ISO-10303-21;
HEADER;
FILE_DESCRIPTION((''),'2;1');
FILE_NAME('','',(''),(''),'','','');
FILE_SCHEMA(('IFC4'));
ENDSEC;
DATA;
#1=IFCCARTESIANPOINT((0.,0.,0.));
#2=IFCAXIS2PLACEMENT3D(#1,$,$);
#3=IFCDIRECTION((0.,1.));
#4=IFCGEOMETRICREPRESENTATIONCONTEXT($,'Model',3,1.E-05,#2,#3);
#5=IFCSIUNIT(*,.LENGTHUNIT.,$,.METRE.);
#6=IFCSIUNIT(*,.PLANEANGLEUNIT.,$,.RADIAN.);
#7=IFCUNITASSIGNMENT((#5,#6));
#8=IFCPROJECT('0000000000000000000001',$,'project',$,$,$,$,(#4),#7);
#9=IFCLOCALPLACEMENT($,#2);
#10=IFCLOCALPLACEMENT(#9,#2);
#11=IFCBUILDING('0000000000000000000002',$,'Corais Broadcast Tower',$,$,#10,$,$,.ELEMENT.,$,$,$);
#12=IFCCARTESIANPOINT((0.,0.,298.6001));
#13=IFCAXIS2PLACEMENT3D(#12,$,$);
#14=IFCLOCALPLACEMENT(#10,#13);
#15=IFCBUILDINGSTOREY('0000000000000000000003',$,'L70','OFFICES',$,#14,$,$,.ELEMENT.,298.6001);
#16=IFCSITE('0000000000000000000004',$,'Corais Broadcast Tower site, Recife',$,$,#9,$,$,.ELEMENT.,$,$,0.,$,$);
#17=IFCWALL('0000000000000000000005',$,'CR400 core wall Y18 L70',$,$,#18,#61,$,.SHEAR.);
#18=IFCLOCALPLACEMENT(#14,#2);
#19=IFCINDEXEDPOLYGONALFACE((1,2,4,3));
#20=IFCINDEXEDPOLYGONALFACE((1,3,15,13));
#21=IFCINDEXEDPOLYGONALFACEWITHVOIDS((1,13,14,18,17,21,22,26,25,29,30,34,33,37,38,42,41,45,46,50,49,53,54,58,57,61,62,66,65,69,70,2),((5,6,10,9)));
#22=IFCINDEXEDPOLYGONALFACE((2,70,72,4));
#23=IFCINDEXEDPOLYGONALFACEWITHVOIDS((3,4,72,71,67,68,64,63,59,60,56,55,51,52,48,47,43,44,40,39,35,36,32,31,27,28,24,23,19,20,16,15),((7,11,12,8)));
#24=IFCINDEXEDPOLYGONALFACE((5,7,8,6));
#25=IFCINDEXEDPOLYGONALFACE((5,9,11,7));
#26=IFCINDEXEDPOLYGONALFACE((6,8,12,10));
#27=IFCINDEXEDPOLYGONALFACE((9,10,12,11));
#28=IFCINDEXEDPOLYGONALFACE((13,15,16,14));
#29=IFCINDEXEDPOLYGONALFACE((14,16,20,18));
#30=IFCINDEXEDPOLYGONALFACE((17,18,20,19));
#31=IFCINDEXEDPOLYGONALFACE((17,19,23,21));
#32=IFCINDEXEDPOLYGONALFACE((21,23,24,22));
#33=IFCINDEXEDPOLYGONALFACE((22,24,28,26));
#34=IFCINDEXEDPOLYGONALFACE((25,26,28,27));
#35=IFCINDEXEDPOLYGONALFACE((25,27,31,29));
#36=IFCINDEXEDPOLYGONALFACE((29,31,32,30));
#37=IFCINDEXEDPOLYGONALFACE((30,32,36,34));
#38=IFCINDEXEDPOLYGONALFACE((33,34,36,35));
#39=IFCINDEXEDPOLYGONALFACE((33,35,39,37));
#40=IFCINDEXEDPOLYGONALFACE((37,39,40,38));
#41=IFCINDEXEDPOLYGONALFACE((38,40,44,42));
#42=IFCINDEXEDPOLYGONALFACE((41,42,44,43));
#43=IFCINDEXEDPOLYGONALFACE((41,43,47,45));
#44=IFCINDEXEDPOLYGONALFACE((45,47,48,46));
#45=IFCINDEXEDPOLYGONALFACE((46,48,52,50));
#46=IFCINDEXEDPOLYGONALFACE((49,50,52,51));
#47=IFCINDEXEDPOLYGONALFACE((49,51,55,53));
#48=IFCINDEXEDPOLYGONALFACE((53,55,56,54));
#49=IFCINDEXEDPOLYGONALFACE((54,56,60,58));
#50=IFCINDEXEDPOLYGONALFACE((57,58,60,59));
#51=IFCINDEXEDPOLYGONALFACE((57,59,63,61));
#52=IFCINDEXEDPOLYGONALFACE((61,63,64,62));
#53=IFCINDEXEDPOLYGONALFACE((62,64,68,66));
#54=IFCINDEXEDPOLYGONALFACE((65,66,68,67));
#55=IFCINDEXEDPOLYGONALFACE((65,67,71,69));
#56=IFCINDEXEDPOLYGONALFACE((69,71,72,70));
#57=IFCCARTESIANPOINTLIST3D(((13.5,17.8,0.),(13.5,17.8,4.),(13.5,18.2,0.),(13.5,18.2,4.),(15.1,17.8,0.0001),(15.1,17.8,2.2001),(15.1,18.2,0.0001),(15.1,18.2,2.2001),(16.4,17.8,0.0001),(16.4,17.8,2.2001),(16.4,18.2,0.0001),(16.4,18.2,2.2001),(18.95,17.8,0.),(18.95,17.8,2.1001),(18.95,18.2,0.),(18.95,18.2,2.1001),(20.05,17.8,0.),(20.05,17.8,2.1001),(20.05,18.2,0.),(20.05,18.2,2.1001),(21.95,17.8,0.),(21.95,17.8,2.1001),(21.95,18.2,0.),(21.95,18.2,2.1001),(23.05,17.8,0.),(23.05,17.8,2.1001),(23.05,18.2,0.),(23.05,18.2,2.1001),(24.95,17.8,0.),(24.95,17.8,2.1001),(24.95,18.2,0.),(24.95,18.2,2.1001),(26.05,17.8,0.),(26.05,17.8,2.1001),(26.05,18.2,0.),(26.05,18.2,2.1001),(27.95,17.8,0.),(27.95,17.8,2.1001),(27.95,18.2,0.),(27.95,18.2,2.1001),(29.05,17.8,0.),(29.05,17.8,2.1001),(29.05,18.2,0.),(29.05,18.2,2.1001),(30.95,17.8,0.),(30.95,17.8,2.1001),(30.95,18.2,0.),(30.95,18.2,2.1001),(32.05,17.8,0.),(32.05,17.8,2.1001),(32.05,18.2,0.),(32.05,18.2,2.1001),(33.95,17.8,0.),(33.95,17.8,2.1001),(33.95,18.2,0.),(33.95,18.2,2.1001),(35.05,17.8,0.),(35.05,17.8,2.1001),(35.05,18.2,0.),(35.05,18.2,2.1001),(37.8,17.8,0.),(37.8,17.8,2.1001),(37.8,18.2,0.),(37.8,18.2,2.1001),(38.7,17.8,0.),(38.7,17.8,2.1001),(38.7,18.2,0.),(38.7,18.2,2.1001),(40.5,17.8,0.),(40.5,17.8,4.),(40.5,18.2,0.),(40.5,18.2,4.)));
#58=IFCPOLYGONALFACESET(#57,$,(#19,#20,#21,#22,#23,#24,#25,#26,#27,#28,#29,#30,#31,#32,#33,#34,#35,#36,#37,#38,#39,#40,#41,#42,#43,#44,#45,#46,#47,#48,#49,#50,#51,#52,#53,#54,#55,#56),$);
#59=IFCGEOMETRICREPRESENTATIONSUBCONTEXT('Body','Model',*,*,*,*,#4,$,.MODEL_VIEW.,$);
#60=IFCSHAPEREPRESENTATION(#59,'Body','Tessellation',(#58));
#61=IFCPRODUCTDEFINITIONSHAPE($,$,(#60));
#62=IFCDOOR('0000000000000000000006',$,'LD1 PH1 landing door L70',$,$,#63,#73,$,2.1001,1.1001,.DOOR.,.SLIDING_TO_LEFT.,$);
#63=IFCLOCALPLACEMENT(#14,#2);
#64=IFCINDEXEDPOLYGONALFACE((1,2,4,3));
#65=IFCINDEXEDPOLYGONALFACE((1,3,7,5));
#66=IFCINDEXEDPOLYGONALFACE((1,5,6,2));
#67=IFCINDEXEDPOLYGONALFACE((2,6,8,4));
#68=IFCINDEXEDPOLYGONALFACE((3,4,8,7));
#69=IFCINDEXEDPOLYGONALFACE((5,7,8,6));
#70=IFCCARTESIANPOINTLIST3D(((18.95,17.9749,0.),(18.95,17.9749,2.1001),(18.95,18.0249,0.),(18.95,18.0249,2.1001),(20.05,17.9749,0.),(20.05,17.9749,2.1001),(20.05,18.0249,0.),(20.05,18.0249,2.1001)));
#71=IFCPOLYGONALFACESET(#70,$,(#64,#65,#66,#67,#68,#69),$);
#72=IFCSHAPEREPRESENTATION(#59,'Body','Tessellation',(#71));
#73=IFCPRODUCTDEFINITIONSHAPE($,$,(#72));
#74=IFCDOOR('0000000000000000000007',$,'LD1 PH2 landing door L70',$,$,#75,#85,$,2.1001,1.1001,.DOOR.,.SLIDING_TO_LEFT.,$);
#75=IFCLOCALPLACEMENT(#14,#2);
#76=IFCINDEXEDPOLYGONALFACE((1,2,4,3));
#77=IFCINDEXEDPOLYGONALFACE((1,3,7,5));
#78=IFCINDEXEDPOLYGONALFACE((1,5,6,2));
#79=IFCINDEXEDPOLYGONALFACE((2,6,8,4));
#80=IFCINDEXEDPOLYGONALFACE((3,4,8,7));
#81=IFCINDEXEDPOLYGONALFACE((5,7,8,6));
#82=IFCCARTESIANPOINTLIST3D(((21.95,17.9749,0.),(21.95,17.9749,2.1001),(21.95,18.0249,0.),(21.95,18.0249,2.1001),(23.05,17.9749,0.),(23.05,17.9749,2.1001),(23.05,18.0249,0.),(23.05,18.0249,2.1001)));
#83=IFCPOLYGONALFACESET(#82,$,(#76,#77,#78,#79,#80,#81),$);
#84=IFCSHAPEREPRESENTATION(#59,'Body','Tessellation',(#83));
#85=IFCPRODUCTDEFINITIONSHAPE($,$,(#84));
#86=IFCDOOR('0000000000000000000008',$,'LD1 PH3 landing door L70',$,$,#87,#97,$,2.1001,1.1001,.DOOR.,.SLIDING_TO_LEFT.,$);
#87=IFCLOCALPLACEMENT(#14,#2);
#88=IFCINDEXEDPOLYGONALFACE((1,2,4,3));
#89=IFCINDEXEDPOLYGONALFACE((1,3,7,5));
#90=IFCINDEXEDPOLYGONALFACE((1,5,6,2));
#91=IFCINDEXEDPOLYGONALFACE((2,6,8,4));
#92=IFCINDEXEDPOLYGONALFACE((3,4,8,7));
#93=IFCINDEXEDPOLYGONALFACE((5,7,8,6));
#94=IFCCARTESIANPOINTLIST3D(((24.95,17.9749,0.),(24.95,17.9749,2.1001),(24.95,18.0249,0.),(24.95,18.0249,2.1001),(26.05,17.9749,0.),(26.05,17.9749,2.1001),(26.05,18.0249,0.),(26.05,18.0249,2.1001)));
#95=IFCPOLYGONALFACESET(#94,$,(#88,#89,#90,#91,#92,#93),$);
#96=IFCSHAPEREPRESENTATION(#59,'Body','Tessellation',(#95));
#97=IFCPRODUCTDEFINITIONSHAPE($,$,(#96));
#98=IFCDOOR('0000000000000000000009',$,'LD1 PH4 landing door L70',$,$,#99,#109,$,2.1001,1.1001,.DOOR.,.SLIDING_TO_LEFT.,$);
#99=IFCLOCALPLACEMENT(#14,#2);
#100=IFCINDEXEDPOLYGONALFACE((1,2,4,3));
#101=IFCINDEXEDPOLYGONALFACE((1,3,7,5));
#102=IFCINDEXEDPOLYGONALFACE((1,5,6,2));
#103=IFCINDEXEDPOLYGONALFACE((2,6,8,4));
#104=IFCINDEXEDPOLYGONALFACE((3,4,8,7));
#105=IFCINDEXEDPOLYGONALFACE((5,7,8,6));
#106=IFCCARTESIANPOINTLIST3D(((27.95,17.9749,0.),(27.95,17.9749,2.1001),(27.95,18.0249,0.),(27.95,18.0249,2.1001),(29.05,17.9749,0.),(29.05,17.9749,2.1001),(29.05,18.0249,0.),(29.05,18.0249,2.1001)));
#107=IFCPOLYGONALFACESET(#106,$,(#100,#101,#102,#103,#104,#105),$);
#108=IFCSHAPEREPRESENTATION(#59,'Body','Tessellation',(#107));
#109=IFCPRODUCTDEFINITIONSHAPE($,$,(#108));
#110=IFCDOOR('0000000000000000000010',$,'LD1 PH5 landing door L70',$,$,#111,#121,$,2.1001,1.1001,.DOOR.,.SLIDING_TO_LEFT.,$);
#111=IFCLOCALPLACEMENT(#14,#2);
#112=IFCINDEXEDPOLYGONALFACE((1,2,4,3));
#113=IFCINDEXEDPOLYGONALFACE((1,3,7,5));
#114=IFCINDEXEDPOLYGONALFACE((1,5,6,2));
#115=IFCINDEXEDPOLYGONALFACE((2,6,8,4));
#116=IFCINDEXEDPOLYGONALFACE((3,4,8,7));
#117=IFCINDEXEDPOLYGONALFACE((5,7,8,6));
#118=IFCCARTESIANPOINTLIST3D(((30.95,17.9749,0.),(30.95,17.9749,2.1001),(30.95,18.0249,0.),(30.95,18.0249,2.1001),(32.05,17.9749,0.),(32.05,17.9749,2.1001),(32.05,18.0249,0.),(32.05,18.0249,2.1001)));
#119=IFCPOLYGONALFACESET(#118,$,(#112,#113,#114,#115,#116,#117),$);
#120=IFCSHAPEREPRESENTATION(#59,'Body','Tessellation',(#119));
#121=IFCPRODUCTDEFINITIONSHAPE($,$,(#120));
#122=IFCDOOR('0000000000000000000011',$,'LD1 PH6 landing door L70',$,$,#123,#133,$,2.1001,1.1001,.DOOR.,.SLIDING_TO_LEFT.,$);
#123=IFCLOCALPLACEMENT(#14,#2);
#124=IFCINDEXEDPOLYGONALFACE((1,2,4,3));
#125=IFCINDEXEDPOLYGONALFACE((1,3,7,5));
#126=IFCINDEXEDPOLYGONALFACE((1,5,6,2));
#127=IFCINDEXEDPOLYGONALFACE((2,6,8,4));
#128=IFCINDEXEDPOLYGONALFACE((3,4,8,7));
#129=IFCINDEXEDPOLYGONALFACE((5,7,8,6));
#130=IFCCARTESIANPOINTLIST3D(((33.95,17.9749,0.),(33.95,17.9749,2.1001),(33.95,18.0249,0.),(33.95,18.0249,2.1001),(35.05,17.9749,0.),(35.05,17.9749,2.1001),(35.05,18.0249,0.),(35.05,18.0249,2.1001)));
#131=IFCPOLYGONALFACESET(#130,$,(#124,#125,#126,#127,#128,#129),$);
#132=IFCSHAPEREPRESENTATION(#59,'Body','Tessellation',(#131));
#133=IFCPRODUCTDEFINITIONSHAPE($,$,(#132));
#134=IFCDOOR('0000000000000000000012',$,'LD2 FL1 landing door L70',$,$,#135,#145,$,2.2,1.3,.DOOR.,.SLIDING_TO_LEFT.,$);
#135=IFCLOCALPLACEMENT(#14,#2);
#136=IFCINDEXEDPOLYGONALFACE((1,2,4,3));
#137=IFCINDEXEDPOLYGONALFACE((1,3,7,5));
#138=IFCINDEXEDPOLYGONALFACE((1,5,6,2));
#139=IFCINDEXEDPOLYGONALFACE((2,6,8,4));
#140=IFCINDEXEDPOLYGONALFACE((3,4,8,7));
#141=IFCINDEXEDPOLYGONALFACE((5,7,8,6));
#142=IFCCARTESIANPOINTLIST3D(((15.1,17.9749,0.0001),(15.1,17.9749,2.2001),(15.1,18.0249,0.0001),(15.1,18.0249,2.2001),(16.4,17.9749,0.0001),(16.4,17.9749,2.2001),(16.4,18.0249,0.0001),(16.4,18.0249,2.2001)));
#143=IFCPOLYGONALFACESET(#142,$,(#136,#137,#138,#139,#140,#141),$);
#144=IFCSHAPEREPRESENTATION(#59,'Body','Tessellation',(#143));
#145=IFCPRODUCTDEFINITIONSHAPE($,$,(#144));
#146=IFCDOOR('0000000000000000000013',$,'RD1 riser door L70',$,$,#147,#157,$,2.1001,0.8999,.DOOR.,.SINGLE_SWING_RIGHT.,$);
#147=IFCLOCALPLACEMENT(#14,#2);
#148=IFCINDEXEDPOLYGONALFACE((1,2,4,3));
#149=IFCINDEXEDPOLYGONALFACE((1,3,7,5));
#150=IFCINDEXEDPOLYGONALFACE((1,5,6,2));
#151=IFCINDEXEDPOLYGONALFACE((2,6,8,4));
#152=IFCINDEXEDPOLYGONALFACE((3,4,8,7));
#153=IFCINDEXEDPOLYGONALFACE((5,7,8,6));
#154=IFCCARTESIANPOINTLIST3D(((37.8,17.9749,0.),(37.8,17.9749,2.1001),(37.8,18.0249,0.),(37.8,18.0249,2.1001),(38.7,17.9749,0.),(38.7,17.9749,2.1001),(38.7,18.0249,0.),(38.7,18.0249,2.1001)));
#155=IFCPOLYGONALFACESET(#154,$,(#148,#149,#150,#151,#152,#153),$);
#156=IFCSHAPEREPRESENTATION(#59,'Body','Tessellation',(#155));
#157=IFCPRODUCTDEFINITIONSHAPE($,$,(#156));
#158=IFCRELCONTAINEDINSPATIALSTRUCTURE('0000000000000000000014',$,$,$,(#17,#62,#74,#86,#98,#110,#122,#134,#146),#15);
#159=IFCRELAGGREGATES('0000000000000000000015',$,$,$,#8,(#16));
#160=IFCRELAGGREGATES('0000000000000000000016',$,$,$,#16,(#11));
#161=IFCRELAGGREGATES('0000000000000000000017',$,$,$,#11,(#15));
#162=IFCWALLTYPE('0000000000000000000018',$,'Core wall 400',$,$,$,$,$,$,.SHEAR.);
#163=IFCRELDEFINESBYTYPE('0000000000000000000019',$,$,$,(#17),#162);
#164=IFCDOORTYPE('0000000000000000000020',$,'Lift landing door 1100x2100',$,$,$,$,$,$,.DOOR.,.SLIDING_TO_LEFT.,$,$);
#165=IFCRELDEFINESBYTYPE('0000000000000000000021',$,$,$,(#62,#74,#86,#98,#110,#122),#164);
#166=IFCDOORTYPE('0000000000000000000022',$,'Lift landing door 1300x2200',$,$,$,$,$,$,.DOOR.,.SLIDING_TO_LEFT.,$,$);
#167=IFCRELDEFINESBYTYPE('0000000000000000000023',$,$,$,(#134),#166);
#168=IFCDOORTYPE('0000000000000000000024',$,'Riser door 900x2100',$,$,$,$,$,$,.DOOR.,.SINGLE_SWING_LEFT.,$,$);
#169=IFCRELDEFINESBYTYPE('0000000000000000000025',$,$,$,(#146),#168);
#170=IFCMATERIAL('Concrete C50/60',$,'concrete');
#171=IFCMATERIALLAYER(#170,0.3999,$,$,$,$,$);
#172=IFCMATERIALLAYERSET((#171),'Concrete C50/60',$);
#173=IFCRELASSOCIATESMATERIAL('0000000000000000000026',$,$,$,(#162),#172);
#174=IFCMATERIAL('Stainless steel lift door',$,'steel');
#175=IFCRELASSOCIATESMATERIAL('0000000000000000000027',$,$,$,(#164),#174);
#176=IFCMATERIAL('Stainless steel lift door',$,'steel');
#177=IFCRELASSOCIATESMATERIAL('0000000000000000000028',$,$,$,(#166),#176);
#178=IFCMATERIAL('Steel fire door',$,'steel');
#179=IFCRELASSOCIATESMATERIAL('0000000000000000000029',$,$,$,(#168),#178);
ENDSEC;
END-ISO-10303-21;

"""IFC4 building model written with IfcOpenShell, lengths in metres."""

from ifc_helpers import new_model, si_unit, direction, frame, frame_2d, origin, place, context, subcontext, project, spatial, rectangle, extrude, material, layer, layer_set, type_object, element, fill, save


model = new_model("IFC4")

# Units and contexts
model_context = context("Model", 3, precision=1e-05, world=origin(), true_north=direction((0.0, 1.0)))
body_context = subcontext(model_context, "Body", "Model", "MODEL_VIEW")
ifc_project = project(units=[si_unit("LENGTHUNIT", "METRE"), si_unit("PLANEANGLEUNIT", "RADIAN")], contexts=[model_context])

# Site, building, storey
site_placement = place(None, origin())
site = spatial("IfcSite", under=ifc_project, at=site_placement, Name="Corais Broadcast Tower site, Recife", CompositionType="ELEMENT", RefElevation=0.0)
building_placement = place(site_placement, origin())
building = spatial("IfcBuilding", under=site, at=building_placement, Name="Corais Broadcast Tower", CompositionType="ELEMENT")
storey_placement = place(building_placement, frame((0.0, 0.0, 298.6001)))
storey = spatial("IfcBuildingStorey", under=building, at=storey_placement, Name="L70", Description="OFFICES", CompositionType="ELEMENT", Elevation=298.6001)

# Wall, openings, doors
ifc_material_1 = material(Name="Concrete C50/60", Category="concrete")
ifc_layer_1 = layer(ifc_material_1, 0.3999)
ifc_layer_set_1 = layer_set([ifc_layer_1], Name="Concrete C50/60")
wall_type_1 = type_object("IfcWallType", Name="Core wall 400", PredefinedType="SHEAR", material=ifc_layer_set_1)
wall_1_placement = place(storey_placement, frame((13.5, 18.0, 0.0), z_axis=(0.0, 0.0, 1.0), x_axis=(1.0, 0.0, 0.0)))
wall_1 = element("IfcWall", 1, at=wall_1_placement, inside=storey, type_object=wall_type_1, Name="CR400 core wall Y18 L70", PredefinedType="SHEAR", context=body_context, shape_type="SweptSolid", body=[
    extrude(rectangle(XDim=27.0, YDim=0.3999, at=frame_2d((13.5, 0.0))), origin(), (0.0, 0.0, 1.0), 4.0),
])
opening_1_placement = place(wall_1_placement, frame((24.3, 0.0, 0.0)))
opening_1 = element("IfcOpeningElement", 2, at=opening_1_placement, cuts=wall_1, PredefinedType="OPENING", context=body_context, shape_type="SweptSolid", body=[
    extrude(rectangle(XDim=0.8999, YDim=2.1001, at=frame_2d((0.45, 1.05))), frame((0.0, 0.21, 0.0), z_axis=(0.0, -1.0, 0.0), x_axis=(1.0, 0.0, 0.0)), (0.0, 0.0, 1.0), 0.4199),
])
opening_2_placement = place(wall_1_placement, frame((5.45, 0.0, 0.0)))
opening_2 = element("IfcOpeningElement", 3, at=opening_2_placement, cuts=wall_1, PredefinedType="OPENING", context=body_context, shape_type="SweptSolid", body=[
    extrude(rectangle(XDim=1.1001, YDim=2.1001, at=frame_2d((0.55, 1.05))), frame((0.0, 0.21, 0.0), z_axis=(0.0, -1.0, 0.0), x_axis=(1.0, 0.0, 0.0)), (0.0, 0.0, 1.0), 0.4199),
])
opening_3_placement = place(wall_1_placement, frame((8.45, 0.0, 0.0)))
opening_3 = element("IfcOpeningElement", 4, at=opening_3_placement, cuts=wall_1, PredefinedType="OPENING", context=body_context, shape_type="SweptSolid", body=[
    extrude(rectangle(XDim=1.1001, YDim=2.1001, at=frame_2d((0.55, 1.05))), frame((0.0, 0.21, 0.0), z_axis=(0.0, -1.0, 0.0), x_axis=(1.0, 0.0, 0.0)), (0.0, 0.0, 1.0), 0.4199),
])
opening_4_placement = place(wall_1_placement, frame((11.45, 0.0, 0.0)))
opening_4 = element("IfcOpeningElement", 5, at=opening_4_placement, cuts=wall_1, PredefinedType="OPENING", context=body_context, shape_type="SweptSolid", body=[
    extrude(rectangle(XDim=1.1001, YDim=2.1001, at=frame_2d((0.55, 1.05))), frame((0.0, 0.21, 0.0), z_axis=(0.0, -1.0, 0.0), x_axis=(1.0, 0.0, 0.0)), (0.0, 0.0, 1.0), 0.4199),
])
opening_5_placement = place(wall_1_placement, frame((14.45, 0.0, 0.0)))
opening_5 = element("IfcOpeningElement", 6, at=opening_5_placement, cuts=wall_1, PredefinedType="OPENING", context=body_context, shape_type="SweptSolid", body=[
    extrude(rectangle(XDim=1.1001, YDim=2.1001, at=frame_2d((0.55, 1.05))), frame((0.0, 0.21, 0.0), z_axis=(0.0, -1.0, 0.0), x_axis=(1.0, 0.0, 0.0)), (0.0, 0.0, 1.0), 0.4199),
])
opening_6_placement = place(wall_1_placement, frame((17.45, 0.0, 0.0)))
opening_6 = element("IfcOpeningElement", 7, at=opening_6_placement, cuts=wall_1, PredefinedType="OPENING", context=body_context, shape_type="SweptSolid", body=[
    extrude(rectangle(XDim=1.1001, YDim=2.1001, at=frame_2d((0.55, 1.05))), frame((0.0, 0.21, 0.0), z_axis=(0.0, -1.0, 0.0), x_axis=(1.0, 0.0, 0.0)), (0.0, 0.0, 1.0), 0.4199),
])
opening_7_placement = place(wall_1_placement, frame((20.45, 0.0, 0.0)))
opening_7 = element("IfcOpeningElement", 8, at=opening_7_placement, cuts=wall_1, PredefinedType="OPENING", context=body_context, shape_type="SweptSolid", body=[
    extrude(rectangle(XDim=1.1001, YDim=2.1001, at=frame_2d((0.55, 1.05))), frame((0.0, 0.21, 0.0), z_axis=(0.0, -1.0, 0.0), x_axis=(1.0, 0.0, 0.0)), (0.0, 0.0, 1.0), 0.4199),
])
opening_8_placement = place(wall_1_placement, frame((1.6001, 0.0, 0.0)))
opening_8 = element("IfcOpeningElement", 9, at=opening_8_placement, cuts=wall_1, PredefinedType="OPENING", context=body_context, shape_type="SweptSolid", body=[
    extrude(rectangle(XDim=1.3, YDim=2.2, at=frame_2d((0.6499, 1.1001))), frame((0.0, 0.21, 0.0), z_axis=(0.0, -1.0, 0.0), x_axis=(1.0, 0.0, 0.0)), (0.0, 0.0, 1.0), 0.4199),
])
ifc_material_2 = material(Name="Stainless steel lift door", Category="steel")
door_type_1 = type_object("IfcDoorType", Name="Lift landing door 1100x2100", OperationType="SLIDING_TO_LEFT", PredefinedType="DOOR", material=ifc_material_2)
door_1_placement = place(opening_2_placement, origin())
door_1 = element("IfcDoor", 10, at=door_1_placement, inside=storey, type_object=door_type_1, Name="LD1 PH1 landing door L70", OperationType="SLIDING_TO_LEFT", OverallHeight=2.1001, OverallWidth=1.1001, PredefinedType="DOOR", context=body_context, shape_type="SweptSolid", body=[
    extrude(rectangle(XDim=1.1001, YDim=2.1001, at=frame_2d((0.55, 1.05))), frame((0.0, 0.0249, 0.0), z_axis=(0.0, -1.0, 0.0), x_axis=(1.0, 0.0, 0.0)), (0.0, 0.0, 1.0), 0.05),
])
fill(opening_2, door_1)
door_2_placement = place(opening_3_placement, origin())
door_2 = element("IfcDoor", 11, at=door_2_placement, inside=storey, type_object=door_type_1, Name="LD1 PH2 landing door L70", OperationType="SLIDING_TO_LEFT", OverallHeight=2.1001, OverallWidth=1.1001, PredefinedType="DOOR", context=body_context, shape_type="SweptSolid", body=[
    extrude(rectangle(XDim=1.1001, YDim=2.1001, at=frame_2d((0.55, 1.05))), frame((0.0, 0.0249, 0.0), z_axis=(0.0, -1.0, 0.0), x_axis=(1.0, 0.0, 0.0)), (0.0, 0.0, 1.0), 0.05),
])
fill(opening_3, door_2)
door_3_placement = place(opening_4_placement, origin())
door_3 = element("IfcDoor", 12, at=door_3_placement, inside=storey, type_object=door_type_1, Name="LD1 PH3 landing door L70", OperationType="SLIDING_TO_LEFT", OverallHeight=2.1001, OverallWidth=1.1001, PredefinedType="DOOR", context=body_context, shape_type="SweptSolid", body=[
    extrude(rectangle(XDim=1.1001, YDim=2.1001, at=frame_2d((0.55, 1.05))), frame((0.0, 0.0249, 0.0), z_axis=(0.0, -1.0, 0.0), x_axis=(1.0, 0.0, 0.0)), (0.0, 0.0, 1.0), 0.05),
])
fill(opening_4, door_3)
door_4_placement = place(opening_5_placement, origin())
door_4 = element("IfcDoor", 13, at=door_4_placement, inside=storey, type_object=door_type_1, Name="LD1 PH4 landing door L70", OperationType="SLIDING_TO_LEFT", OverallHeight=2.1001, OverallWidth=1.1001, PredefinedType="DOOR", context=body_context, shape_type="SweptSolid", body=[
    extrude(rectangle(XDim=1.1001, YDim=2.1001, at=frame_2d((0.55, 1.05))), frame((0.0, 0.0249, 0.0), z_axis=(0.0, -1.0, 0.0), x_axis=(1.0, 0.0, 0.0)), (0.0, 0.0, 1.0), 0.05),
])
fill(opening_5, door_4)
door_5_placement = place(opening_6_placement, origin())
door_5 = element("IfcDoor", 14, at=door_5_placement, inside=storey, type_object=door_type_1, Name="LD1 PH5 landing door L70", OperationType="SLIDING_TO_LEFT", OverallHeight=2.1001, OverallWidth=1.1001, PredefinedType="DOOR", context=body_context, shape_type="SweptSolid", body=[
    extrude(rectangle(XDim=1.1001, YDim=2.1001, at=frame_2d((0.55, 1.05))), frame((0.0, 0.0249, 0.0), z_axis=(0.0, -1.0, 0.0), x_axis=(1.0, 0.0, 0.0)), (0.0, 0.0, 1.0), 0.05),
])
fill(opening_6, door_5)
door_6_placement = place(opening_7_placement, origin())
door_6 = element("IfcDoor", 15, at=door_6_placement, inside=storey, type_object=door_type_1, Name="LD1 PH6 landing door L70", OperationType="SLIDING_TO_LEFT", OverallHeight=2.1001, OverallWidth=1.1001, PredefinedType="DOOR", context=body_context, shape_type="SweptSolid", body=[
    extrude(rectangle(XDim=1.1001, YDim=2.1001, at=frame_2d((0.55, 1.05))), frame((0.0, 0.0249, 0.0), z_axis=(0.0, -1.0, 0.0), x_axis=(1.0, 0.0, 0.0)), (0.0, 0.0, 1.0), 0.05),
])
fill(opening_7, door_6)
ifc_material_3 = material(Name="Stainless steel lift door", Category="steel")
door_type_2 = type_object("IfcDoorType", Name="Lift landing door 1300x2200", OperationType="SLIDING_TO_LEFT", PredefinedType="DOOR", material=ifc_material_3)
door_7_placement = place(opening_8_placement, origin())
door_7 = element("IfcDoor", 16, at=door_7_placement, inside=storey, type_object=door_type_2, Name="LD2 FL1 landing door L70", OperationType="SLIDING_TO_LEFT", OverallHeight=2.2, OverallWidth=1.3, PredefinedType="DOOR", context=body_context, shape_type="SweptSolid", body=[
    extrude(rectangle(XDim=1.3, YDim=2.2, at=frame_2d((0.6499, 1.1001))), frame((0.0, 0.0249, 0.0), z_axis=(0.0, -1.0, 0.0), x_axis=(1.0, 0.0, 0.0)), (0.0, 0.0, 1.0), 0.05),
])
fill(opening_8, door_7)
ifc_material_4 = material(Name="Steel fire door", Category="steel")
door_type_3 = type_object("IfcDoorType", Name="Riser door 900x2100", OperationType="SINGLE_SWING_LEFT", PredefinedType="DOOR", material=ifc_material_4)
door_8_placement = place(opening_1_placement, origin())
door_8 = element("IfcDoor", 17, at=door_8_placement, inside=storey, type_object=door_type_3, Name="RD1 riser door L70", OperationType="SINGLE_SWING_RIGHT", OverallHeight=2.1001, OverallWidth=0.8999, PredefinedType="DOOR", context=body_context, shape_type="SweptSolid", body=[
    extrude(rectangle(XDim=0.8999, YDim=2.1001, at=frame_2d((0.45, 1.05))), frame((0.0, 0.0249, 0.0), z_axis=(0.0, -1.0, 0.0), x_axis=(1.0, 0.0, 0.0)), (0.0, 0.0, 1.0), 0.05),
])
fill(opening_1, door_8)

save(model, "model.ifc")
